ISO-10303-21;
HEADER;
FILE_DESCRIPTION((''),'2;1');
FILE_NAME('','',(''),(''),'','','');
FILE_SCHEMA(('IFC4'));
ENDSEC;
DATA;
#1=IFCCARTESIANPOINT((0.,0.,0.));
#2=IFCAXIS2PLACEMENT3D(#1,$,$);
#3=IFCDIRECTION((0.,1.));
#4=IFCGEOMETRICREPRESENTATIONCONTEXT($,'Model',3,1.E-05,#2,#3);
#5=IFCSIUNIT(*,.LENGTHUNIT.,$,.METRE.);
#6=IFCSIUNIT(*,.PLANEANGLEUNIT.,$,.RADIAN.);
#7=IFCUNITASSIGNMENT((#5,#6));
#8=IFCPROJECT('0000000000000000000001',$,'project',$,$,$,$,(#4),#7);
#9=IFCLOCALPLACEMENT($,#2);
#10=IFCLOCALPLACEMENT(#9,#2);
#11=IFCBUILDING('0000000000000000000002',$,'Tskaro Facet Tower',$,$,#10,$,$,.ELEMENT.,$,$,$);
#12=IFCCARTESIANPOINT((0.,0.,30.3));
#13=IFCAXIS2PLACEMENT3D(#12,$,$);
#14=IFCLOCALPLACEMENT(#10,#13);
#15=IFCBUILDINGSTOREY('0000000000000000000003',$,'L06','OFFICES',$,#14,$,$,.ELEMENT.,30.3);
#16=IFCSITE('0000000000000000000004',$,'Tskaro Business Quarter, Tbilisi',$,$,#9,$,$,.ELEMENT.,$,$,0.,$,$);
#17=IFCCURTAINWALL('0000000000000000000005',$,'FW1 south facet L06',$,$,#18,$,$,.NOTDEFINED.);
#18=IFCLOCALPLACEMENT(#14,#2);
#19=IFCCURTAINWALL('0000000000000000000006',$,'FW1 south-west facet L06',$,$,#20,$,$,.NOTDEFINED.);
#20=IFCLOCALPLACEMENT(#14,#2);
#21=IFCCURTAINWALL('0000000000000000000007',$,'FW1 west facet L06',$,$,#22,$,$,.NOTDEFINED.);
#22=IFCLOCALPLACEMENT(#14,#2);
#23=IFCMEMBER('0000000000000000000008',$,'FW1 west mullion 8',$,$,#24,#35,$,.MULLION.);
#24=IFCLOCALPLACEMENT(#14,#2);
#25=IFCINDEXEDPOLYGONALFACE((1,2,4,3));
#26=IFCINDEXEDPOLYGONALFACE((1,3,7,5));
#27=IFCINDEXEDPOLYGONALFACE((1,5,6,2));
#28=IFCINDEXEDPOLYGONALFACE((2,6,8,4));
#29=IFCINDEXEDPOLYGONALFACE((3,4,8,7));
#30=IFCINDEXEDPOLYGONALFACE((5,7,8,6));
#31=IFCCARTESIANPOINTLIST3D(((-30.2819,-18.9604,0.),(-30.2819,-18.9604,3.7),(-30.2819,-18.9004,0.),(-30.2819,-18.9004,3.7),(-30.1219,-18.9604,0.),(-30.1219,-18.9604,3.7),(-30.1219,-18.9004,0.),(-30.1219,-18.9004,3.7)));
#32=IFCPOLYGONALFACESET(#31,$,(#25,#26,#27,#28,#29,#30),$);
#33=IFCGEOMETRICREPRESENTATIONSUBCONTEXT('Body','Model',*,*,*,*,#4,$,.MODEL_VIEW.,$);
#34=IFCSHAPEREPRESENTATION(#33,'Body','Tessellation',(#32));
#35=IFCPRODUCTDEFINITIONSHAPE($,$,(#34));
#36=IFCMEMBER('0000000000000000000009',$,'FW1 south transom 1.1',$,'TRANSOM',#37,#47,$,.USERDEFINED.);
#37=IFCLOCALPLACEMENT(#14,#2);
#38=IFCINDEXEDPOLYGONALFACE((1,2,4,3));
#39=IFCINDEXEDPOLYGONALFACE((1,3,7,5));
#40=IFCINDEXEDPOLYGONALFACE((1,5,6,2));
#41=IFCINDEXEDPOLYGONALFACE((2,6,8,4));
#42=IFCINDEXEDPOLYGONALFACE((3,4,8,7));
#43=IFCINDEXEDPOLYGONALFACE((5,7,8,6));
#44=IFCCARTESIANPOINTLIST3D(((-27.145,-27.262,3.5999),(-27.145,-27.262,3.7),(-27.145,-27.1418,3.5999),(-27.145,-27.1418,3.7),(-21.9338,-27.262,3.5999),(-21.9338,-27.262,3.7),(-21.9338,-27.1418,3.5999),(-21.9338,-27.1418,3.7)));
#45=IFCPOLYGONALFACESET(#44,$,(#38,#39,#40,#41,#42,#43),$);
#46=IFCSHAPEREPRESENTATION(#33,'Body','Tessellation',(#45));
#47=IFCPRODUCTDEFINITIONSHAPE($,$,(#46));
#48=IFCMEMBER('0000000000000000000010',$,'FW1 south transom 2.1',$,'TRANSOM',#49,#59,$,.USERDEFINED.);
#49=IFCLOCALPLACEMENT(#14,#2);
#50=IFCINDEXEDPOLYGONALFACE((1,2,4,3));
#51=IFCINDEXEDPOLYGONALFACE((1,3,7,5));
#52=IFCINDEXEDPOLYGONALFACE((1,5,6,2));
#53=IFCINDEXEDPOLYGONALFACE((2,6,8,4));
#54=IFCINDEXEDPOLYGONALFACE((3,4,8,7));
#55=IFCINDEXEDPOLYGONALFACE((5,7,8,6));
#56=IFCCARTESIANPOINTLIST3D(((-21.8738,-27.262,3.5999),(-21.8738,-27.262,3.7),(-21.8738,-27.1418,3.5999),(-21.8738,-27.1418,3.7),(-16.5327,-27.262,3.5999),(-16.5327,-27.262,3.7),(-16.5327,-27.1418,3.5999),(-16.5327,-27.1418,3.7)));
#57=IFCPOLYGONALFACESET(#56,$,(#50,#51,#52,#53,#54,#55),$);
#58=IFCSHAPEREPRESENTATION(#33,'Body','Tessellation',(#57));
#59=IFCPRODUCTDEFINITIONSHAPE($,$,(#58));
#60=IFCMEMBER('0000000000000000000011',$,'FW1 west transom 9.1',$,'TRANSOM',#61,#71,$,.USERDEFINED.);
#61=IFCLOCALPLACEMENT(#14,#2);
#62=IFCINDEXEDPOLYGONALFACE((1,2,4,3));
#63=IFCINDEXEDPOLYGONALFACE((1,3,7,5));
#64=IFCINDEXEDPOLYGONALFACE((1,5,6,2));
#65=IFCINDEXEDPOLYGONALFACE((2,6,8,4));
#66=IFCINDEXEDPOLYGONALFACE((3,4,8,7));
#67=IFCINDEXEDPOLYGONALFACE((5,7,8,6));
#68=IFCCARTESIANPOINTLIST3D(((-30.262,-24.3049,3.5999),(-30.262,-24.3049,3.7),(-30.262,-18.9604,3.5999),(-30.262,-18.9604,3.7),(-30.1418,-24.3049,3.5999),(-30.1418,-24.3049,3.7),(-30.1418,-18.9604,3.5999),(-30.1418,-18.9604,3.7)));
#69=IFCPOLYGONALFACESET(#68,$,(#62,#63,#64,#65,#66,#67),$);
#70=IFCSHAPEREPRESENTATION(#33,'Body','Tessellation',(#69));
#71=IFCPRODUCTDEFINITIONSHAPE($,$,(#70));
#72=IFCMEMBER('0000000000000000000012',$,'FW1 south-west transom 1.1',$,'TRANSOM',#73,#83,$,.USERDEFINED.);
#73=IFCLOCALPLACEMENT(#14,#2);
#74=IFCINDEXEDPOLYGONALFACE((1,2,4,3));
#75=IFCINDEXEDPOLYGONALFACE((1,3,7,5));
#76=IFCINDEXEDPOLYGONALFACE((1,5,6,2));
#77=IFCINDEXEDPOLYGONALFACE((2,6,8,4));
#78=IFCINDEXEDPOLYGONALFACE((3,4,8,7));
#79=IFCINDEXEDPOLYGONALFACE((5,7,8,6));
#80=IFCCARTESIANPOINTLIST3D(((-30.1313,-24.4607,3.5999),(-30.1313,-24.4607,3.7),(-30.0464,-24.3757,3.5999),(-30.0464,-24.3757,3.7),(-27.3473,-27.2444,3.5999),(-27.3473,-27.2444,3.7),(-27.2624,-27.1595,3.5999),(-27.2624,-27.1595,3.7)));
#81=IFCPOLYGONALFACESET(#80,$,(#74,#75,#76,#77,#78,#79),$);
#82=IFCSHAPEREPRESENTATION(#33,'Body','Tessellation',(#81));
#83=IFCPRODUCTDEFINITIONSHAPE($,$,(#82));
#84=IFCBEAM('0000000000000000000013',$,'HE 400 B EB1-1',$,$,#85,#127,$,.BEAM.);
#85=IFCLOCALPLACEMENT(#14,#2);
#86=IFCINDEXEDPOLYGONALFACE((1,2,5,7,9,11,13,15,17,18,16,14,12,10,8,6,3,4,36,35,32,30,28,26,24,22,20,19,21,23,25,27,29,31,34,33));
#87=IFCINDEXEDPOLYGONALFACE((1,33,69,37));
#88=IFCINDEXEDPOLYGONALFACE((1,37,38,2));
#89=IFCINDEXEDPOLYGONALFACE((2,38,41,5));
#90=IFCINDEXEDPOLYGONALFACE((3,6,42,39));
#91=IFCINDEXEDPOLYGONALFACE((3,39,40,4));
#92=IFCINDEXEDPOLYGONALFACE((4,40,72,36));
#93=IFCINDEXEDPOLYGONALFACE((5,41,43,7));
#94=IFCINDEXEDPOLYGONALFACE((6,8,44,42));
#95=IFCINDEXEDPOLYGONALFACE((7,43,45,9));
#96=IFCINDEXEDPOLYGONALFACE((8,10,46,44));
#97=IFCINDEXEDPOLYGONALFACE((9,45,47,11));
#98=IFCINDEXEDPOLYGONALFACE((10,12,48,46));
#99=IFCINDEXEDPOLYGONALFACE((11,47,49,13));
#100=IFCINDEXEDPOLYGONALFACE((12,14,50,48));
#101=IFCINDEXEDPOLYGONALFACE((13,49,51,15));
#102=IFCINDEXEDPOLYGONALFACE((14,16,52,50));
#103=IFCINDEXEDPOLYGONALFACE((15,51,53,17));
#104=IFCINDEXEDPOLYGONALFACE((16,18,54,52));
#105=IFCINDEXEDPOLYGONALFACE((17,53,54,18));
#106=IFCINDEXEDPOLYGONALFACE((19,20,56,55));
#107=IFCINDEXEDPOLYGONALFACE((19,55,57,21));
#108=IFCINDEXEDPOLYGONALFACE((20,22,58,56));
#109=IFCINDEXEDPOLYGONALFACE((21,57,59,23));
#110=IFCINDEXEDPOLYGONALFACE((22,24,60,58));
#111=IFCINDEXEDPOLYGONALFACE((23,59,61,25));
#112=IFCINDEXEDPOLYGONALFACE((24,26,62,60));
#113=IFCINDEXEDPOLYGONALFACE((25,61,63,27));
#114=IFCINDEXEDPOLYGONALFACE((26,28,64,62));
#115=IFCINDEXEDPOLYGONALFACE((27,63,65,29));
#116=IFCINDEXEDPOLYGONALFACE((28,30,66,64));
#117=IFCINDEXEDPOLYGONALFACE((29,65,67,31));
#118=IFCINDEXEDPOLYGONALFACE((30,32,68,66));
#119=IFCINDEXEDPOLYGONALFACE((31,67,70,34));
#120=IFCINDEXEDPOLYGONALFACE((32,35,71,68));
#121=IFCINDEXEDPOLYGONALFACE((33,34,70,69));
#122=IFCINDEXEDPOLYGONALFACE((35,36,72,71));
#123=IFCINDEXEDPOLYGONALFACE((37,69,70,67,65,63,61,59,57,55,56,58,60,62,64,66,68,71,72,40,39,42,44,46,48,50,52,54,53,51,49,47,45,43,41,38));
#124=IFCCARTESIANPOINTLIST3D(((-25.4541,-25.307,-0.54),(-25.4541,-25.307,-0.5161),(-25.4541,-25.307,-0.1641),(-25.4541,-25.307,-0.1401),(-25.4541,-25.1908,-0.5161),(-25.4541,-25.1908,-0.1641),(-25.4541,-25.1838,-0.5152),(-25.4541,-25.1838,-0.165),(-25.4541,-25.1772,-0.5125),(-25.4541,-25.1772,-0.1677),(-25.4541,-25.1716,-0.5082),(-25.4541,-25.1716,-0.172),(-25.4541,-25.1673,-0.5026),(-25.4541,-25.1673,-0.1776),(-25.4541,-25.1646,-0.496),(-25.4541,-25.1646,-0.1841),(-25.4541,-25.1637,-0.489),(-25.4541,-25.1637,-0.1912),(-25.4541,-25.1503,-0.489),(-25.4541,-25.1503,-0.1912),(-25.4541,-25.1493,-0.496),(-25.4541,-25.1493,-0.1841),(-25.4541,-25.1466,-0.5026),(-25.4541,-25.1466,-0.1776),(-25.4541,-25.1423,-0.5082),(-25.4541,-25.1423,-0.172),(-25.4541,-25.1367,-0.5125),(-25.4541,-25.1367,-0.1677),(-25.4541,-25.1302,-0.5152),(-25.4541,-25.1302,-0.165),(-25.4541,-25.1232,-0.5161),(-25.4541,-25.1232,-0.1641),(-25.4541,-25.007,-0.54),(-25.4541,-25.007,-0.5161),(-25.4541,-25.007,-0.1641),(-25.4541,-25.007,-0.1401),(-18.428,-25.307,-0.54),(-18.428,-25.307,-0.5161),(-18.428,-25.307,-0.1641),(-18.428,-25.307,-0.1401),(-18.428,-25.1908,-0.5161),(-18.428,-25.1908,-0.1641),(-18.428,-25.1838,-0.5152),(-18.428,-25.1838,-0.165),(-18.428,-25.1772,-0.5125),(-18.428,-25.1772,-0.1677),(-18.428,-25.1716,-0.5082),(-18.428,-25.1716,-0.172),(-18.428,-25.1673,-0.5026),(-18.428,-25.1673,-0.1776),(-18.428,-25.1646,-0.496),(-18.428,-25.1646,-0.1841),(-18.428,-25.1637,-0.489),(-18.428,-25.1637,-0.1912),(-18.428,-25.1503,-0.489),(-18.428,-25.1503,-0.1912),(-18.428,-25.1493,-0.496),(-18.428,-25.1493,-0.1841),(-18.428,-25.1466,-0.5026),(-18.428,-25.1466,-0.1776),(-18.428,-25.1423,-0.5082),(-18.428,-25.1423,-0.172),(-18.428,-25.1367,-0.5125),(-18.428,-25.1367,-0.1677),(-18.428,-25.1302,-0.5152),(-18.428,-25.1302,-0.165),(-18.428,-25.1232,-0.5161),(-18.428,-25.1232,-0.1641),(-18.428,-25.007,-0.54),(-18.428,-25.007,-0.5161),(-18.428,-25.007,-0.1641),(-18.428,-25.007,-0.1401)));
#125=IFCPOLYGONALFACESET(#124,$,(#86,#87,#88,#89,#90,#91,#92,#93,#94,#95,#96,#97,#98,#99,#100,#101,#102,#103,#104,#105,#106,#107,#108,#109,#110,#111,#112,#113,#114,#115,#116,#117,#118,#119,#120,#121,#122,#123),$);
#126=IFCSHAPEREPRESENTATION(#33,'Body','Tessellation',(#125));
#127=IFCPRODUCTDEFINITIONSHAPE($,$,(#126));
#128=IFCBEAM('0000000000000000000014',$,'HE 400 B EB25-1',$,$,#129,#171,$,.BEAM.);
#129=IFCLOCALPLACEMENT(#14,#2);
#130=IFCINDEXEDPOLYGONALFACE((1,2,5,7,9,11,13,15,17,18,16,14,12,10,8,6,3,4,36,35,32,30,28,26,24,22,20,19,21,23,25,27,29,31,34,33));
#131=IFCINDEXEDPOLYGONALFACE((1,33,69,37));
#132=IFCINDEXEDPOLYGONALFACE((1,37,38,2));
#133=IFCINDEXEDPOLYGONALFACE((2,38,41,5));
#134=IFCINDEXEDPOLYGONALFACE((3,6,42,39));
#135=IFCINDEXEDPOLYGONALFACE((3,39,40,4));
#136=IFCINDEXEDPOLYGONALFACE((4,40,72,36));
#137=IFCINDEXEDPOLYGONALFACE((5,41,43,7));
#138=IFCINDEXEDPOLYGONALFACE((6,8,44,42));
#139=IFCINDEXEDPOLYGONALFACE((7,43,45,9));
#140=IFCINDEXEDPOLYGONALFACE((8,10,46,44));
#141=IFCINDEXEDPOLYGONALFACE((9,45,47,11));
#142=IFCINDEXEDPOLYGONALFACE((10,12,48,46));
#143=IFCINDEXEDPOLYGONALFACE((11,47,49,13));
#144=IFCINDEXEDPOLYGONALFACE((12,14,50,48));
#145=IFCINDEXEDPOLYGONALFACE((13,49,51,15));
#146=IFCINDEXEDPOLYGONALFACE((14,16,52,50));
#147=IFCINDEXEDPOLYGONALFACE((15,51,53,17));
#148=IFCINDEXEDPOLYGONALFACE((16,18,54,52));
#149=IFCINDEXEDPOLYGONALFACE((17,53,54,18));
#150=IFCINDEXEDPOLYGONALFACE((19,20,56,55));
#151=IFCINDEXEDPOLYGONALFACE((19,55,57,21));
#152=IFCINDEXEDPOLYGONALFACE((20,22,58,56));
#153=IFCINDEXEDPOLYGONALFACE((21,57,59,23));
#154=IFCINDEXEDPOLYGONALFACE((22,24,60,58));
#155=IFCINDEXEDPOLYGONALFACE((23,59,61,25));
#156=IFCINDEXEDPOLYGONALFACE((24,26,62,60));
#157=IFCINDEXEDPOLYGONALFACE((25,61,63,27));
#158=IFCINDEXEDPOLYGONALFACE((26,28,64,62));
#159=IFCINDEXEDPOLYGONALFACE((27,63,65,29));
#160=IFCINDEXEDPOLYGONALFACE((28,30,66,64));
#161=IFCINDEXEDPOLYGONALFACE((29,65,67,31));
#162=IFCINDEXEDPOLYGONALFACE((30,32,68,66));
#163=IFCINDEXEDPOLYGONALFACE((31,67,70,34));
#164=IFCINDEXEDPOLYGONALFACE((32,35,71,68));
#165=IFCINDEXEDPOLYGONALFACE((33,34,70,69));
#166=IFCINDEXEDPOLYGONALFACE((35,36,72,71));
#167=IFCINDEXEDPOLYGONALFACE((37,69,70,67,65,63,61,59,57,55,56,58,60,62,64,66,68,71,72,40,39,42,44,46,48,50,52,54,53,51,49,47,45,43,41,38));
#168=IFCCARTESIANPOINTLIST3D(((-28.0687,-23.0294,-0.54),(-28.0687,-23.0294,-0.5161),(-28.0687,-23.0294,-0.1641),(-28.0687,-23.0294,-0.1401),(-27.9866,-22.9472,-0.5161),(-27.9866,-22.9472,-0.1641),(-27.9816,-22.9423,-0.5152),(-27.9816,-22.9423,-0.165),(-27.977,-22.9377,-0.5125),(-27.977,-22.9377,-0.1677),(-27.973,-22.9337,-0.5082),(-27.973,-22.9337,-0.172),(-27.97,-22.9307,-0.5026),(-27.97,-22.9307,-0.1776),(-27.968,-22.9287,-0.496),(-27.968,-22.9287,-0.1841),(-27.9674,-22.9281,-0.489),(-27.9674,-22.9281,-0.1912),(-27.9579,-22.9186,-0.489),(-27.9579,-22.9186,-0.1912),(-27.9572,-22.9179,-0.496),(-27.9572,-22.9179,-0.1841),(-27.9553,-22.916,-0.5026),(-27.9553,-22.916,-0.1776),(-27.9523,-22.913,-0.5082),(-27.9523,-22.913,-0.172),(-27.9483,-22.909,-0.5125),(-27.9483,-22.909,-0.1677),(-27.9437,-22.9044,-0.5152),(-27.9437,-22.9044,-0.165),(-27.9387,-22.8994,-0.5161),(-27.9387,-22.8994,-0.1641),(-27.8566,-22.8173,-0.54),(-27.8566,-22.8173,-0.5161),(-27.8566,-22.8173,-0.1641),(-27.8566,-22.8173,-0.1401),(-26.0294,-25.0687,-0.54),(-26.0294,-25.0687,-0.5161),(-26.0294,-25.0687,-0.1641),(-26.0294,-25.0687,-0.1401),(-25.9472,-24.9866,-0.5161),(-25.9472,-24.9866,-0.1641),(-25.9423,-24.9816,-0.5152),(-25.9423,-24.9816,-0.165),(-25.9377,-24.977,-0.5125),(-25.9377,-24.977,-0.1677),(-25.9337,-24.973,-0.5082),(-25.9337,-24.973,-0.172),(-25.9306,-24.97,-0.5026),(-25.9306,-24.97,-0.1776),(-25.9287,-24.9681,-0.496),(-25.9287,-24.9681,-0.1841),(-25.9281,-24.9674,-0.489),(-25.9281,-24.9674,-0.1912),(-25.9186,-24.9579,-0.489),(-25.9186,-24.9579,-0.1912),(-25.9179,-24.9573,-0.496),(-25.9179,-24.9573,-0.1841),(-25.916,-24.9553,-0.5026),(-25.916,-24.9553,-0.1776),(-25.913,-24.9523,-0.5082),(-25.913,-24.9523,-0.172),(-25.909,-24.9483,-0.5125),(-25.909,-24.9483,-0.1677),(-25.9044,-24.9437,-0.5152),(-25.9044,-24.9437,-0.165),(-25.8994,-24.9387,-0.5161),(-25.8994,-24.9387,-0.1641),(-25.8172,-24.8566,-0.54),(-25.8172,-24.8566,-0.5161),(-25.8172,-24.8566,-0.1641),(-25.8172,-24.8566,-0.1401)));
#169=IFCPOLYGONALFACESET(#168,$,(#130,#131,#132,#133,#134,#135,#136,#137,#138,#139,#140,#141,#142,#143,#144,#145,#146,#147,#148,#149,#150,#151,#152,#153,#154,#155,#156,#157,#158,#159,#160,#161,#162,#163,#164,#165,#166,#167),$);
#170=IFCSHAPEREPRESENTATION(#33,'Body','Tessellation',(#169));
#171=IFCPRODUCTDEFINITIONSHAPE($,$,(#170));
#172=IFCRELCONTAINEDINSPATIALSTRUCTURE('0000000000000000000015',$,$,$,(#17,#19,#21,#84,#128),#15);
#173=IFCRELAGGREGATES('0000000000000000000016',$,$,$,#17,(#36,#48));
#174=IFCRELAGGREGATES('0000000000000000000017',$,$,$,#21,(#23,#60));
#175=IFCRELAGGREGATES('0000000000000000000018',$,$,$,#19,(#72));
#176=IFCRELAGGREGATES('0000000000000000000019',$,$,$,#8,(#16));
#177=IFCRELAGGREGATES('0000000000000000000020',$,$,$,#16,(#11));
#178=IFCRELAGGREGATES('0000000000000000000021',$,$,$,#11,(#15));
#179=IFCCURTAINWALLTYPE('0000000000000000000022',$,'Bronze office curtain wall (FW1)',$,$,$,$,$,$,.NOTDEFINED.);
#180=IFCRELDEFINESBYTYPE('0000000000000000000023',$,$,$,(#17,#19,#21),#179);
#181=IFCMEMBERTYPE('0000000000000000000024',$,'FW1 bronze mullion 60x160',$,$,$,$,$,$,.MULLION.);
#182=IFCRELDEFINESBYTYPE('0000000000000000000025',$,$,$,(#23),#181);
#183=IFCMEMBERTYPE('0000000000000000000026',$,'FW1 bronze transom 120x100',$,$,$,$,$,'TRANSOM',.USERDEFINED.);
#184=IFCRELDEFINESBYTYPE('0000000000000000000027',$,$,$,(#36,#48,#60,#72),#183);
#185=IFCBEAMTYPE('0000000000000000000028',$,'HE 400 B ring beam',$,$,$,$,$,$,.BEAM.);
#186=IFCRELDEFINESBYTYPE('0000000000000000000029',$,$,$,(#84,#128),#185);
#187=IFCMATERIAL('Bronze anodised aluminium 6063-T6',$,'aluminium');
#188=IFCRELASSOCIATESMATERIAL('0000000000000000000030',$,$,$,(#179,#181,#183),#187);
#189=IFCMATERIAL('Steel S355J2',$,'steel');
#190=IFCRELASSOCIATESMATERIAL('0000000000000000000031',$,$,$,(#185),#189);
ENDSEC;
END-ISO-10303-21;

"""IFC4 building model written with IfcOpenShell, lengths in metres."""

from ifc_helpers import new_model, si_unit, direction, frame, origin, origin_2d, place, context, subcontext, project, spatial, rectangle, i_section, extrude, material, material_profile, profile_set, type_object, element, aggregate, save


model = new_model("IFC4")

# Units and contexts
model_context = context("Model", 3, precision=1e-05, world=origin(), true_north=direction((0.0, 1.0)))
body_context = subcontext(model_context, "Body", "Model", "MODEL_VIEW")
ifc_project = project(units=[si_unit("LENGTHUNIT", "METRE"), si_unit("PLANEANGLEUNIT", "RADIAN")], contexts=[model_context])

# Site, building, storey
site_placement = place(None, origin())
site = spatial("IfcSite", under=ifc_project, at=site_placement, Name="Tskaro Business Quarter, Tbilisi", CompositionType="ELEMENT", RefElevation=0.0)
building_placement = place(site_placement, origin())
building = spatial("IfcBuilding", under=site, at=building_placement, Name="Tskaro Facet Tower", CompositionType="ELEMENT")
storey_placement = place(building_placement, frame((0.0, 0.0, 30.3)))
storey = spatial("IfcBuildingStorey", under=building, at=storey_placement, Name="L06", Description="OFFICES", CompositionType="ELEMENT", Elevation=30.3)

# Curtain walls
ifc_material_1 = material(Name="Bronze anodised aluminium 6063-T6", Category="aluminium")
curtain_wall_type = type_object("IfcCurtainWallType", Name="Bronze office curtain wall (FW1)", PredefinedType="NOTDEFINED", material=ifc_material_1)
curtain_wall_1_placement = place(storey_placement, origin())
curtain_wall_1 = element("IfcCurtainWall", 1, at=curtain_wall_1_placement, inside=storey, type_object=curtain_wall_type, Name="FW1 south facet L06", PredefinedType="NOTDEFINED")
curtain_wall_2_placement = place(storey_placement, origin())
curtain_wall_2 = element("IfcCurtainWall", 2, at=curtain_wall_2_placement, inside=storey, type_object=curtain_wall_type, Name="FW1 south-west facet L06", PredefinedType="NOTDEFINED")

# Shared definitions
ifc_material_profile_1 = material_profile(ifc_material_1, rectangle(XDim=0.0601, YDim=0.1599, at=origin_2d()), Name="Mullion 60x160")
ifc_profile_set_1 = profile_set([ifc_material_profile_1], Name="Bronze anodised aluminium 6063-T6")
member_type_1 = type_object("IfcMemberType", Name="FW1 bronze mullion 60x160", PredefinedType="MULLION", material=ifc_profile_set_1)

# Curtain wall, member
curtain_wall_3_placement = place(storey_placement, origin())
curtain_wall_3 = element("IfcCurtainWall", 3, at=curtain_wall_3_placement, inside=storey, type_object=curtain_wall_type, Name="FW1 west facet L06", PredefinedType="NOTDEFINED")
member_1_placement = place(storey_placement, frame((-30.2019, -18.9304, 0.0), z_axis=(0.0, 0.0, 1.0), x_axis=(0.0, -1.0, 0.0)))
member_1 = element("IfcMember", 4, at=member_1_placement, type_object=member_type_1, Name="FW1 west mullion 8", PredefinedType="MULLION", context=body_context, shape_type="SweptSolid", body=[
    extrude(rectangle(XDim=0.0601, YDim=0.1599, at=origin_2d()), origin(), (0.0, 0.0, 1.0), 3.7),
])

# Members
ifc_material_profile_2 = material_profile(ifc_material_1, rectangle(XDim=0.1201, YDim=0.1001, at=origin_2d()), Name="Transom 120x100")
ifc_profile_set_2 = profile_set([ifc_material_profile_2], Name="Bronze anodised aluminium 6063-T6")
member_type_2 = type_object("IfcMemberType", Name="FW1 bronze transom 120x100", ElementType="TRANSOM", PredefinedType="USERDEFINED", material=ifc_profile_set_2)
member_2_placement = place(storey_placement, frame((-27.145, -27.2019, 3.6499), z_axis=(1.0, 0.0, 0.0), x_axis=(0.0, 1.0, 0.0)))
member_2 = element("IfcMember", 5, at=member_2_placement, type_object=member_type_2, Name="FW1 south transom 1.1", ObjectType="TRANSOM", PredefinedType="USERDEFINED", context=body_context, shape_type="SweptSolid", body=[
    extrude(rectangle(XDim=0.1201, YDim=0.1001, at=origin_2d()), origin(), (0.0, 0.0, 1.0), 5.2112),
])
member_3_placement = place(storey_placement, frame((-21.8738, -27.2019, 3.6499), z_axis=(1.0, 0.0, 0.0), x_axis=(0.0, 1.0, 0.0)))
member_3 = element("IfcMember", 6, at=member_3_placement, type_object=member_type_2, Name="FW1 south transom 2.1", ObjectType="TRANSOM", PredefinedType="USERDEFINED", context=body_context, shape_type="SweptSolid", body=[
    extrude(rectangle(XDim=0.1201, YDim=0.1001, at=origin_2d()), origin(), (0.0, 0.0, 1.0), 5.3411),
])
member_4_placement = place(storey_placement, frame((-30.2019, -18.9604, 3.6499), z_axis=(0.0, -1.0, 0.0), x_axis=(1.0, 0.0, 0.0)))
member_4 = element("IfcMember", 7, at=member_4_placement, type_object=member_type_2, Name="FW1 west transom 9.1", ObjectType="TRANSOM", PredefinedType="USERDEFINED", context=body_context, shape_type="SweptSolid", body=[
    extrude(rectangle(XDim=0.1201, YDim=0.1001, at=origin_2d()), origin(), (0.0, 0.0, 1.0), 5.3445),
])
member_5_placement = place(storey_placement, frame((-30.0889, -24.4182, 3.6499), z_axis=(0.707138, -0.707076, 0.0), x_axis=(0.707076, 0.707138, 0.0)))
member_5 = element("IfcMember", 8, at=member_5_placement, type_object=member_type_2, Name="FW1 south-west transom 1.1", ObjectType="TRANSOM", PredefinedType="USERDEFINED", context=body_context, shape_type="SweptSolid", body=[
    extrude(rectangle(XDim=0.1201, YDim=0.1001, at=origin_2d()), origin(), (0.0, 0.0, 1.0), 3.937),
])

# Beams
ifc_material_2 = material(Name="Steel S355J2", Category="steel")
ifc_material_profile_3 = material_profile(ifc_material_2, i_section(OverallWidth=0.3, OverallDepth=0.3999, WebThickness=0.0134, FlangeThickness=0.0239, FilletRadius=0.0271, at=origin_2d()), Name="HE 400 B")
ifc_profile_set_3 = profile_set([ifc_material_profile_3], Name="Steel S355J2")
beam_type_1 = type_object("IfcBeamType", Name="HE 400 B ring beam", PredefinedType="BEAM", material=ifc_profile_set_3)
beam_1_placement = place(storey_placement, frame((-25.4541, -25.157, -0.3401), z_axis=(1.0, 0.0, 0.0), x_axis=(0.0, 1.0, 0.0)))
element("IfcBeam", 9, at=beam_1_placement, inside=storey, type_object=beam_type_1, Name="HE 400 B EB1-1", PredefinedType="BEAM", context=body_context, shape_type="SweptSolid", body=[
    extrude(i_section(OverallWidth=0.3, OverallDepth=0.3999, WebThickness=0.0134, FlangeThickness=0.0239, FilletRadius=0.0271, at=origin_2d()), origin(), (0.0, 0.0, 1.0), 7.0261),
])
beam_2_placement = place(storey_placement, frame((-27.9626, -22.9233, -0.3401), z_axis=(0.707107, -0.707107, 0.0), x_axis=(0.707107, 0.707107, 0.0)))
element("IfcBeam", 10, at=beam_2_placement, inside=storey, type_object=beam_type_1, Name="HE 400 B EB25-1", PredefinedType="BEAM", context=body_context, shape_type="SweptSolid", body=[
    extrude(i_section(OverallWidth=0.3, OverallDepth=0.3999, WebThickness=0.0134, FlangeThickness=0.0239, FilletRadius=0.0271, at=origin_2d()), origin(), (0.0, 0.0, 1.0), 2.884),
])

aggregate(curtain_wall_1, [member_2, member_3])
aggregate(curtain_wall_3, [member_1, member_4])
aggregate(curtain_wall_2, [member_5])

save(model, "model.ifc")
